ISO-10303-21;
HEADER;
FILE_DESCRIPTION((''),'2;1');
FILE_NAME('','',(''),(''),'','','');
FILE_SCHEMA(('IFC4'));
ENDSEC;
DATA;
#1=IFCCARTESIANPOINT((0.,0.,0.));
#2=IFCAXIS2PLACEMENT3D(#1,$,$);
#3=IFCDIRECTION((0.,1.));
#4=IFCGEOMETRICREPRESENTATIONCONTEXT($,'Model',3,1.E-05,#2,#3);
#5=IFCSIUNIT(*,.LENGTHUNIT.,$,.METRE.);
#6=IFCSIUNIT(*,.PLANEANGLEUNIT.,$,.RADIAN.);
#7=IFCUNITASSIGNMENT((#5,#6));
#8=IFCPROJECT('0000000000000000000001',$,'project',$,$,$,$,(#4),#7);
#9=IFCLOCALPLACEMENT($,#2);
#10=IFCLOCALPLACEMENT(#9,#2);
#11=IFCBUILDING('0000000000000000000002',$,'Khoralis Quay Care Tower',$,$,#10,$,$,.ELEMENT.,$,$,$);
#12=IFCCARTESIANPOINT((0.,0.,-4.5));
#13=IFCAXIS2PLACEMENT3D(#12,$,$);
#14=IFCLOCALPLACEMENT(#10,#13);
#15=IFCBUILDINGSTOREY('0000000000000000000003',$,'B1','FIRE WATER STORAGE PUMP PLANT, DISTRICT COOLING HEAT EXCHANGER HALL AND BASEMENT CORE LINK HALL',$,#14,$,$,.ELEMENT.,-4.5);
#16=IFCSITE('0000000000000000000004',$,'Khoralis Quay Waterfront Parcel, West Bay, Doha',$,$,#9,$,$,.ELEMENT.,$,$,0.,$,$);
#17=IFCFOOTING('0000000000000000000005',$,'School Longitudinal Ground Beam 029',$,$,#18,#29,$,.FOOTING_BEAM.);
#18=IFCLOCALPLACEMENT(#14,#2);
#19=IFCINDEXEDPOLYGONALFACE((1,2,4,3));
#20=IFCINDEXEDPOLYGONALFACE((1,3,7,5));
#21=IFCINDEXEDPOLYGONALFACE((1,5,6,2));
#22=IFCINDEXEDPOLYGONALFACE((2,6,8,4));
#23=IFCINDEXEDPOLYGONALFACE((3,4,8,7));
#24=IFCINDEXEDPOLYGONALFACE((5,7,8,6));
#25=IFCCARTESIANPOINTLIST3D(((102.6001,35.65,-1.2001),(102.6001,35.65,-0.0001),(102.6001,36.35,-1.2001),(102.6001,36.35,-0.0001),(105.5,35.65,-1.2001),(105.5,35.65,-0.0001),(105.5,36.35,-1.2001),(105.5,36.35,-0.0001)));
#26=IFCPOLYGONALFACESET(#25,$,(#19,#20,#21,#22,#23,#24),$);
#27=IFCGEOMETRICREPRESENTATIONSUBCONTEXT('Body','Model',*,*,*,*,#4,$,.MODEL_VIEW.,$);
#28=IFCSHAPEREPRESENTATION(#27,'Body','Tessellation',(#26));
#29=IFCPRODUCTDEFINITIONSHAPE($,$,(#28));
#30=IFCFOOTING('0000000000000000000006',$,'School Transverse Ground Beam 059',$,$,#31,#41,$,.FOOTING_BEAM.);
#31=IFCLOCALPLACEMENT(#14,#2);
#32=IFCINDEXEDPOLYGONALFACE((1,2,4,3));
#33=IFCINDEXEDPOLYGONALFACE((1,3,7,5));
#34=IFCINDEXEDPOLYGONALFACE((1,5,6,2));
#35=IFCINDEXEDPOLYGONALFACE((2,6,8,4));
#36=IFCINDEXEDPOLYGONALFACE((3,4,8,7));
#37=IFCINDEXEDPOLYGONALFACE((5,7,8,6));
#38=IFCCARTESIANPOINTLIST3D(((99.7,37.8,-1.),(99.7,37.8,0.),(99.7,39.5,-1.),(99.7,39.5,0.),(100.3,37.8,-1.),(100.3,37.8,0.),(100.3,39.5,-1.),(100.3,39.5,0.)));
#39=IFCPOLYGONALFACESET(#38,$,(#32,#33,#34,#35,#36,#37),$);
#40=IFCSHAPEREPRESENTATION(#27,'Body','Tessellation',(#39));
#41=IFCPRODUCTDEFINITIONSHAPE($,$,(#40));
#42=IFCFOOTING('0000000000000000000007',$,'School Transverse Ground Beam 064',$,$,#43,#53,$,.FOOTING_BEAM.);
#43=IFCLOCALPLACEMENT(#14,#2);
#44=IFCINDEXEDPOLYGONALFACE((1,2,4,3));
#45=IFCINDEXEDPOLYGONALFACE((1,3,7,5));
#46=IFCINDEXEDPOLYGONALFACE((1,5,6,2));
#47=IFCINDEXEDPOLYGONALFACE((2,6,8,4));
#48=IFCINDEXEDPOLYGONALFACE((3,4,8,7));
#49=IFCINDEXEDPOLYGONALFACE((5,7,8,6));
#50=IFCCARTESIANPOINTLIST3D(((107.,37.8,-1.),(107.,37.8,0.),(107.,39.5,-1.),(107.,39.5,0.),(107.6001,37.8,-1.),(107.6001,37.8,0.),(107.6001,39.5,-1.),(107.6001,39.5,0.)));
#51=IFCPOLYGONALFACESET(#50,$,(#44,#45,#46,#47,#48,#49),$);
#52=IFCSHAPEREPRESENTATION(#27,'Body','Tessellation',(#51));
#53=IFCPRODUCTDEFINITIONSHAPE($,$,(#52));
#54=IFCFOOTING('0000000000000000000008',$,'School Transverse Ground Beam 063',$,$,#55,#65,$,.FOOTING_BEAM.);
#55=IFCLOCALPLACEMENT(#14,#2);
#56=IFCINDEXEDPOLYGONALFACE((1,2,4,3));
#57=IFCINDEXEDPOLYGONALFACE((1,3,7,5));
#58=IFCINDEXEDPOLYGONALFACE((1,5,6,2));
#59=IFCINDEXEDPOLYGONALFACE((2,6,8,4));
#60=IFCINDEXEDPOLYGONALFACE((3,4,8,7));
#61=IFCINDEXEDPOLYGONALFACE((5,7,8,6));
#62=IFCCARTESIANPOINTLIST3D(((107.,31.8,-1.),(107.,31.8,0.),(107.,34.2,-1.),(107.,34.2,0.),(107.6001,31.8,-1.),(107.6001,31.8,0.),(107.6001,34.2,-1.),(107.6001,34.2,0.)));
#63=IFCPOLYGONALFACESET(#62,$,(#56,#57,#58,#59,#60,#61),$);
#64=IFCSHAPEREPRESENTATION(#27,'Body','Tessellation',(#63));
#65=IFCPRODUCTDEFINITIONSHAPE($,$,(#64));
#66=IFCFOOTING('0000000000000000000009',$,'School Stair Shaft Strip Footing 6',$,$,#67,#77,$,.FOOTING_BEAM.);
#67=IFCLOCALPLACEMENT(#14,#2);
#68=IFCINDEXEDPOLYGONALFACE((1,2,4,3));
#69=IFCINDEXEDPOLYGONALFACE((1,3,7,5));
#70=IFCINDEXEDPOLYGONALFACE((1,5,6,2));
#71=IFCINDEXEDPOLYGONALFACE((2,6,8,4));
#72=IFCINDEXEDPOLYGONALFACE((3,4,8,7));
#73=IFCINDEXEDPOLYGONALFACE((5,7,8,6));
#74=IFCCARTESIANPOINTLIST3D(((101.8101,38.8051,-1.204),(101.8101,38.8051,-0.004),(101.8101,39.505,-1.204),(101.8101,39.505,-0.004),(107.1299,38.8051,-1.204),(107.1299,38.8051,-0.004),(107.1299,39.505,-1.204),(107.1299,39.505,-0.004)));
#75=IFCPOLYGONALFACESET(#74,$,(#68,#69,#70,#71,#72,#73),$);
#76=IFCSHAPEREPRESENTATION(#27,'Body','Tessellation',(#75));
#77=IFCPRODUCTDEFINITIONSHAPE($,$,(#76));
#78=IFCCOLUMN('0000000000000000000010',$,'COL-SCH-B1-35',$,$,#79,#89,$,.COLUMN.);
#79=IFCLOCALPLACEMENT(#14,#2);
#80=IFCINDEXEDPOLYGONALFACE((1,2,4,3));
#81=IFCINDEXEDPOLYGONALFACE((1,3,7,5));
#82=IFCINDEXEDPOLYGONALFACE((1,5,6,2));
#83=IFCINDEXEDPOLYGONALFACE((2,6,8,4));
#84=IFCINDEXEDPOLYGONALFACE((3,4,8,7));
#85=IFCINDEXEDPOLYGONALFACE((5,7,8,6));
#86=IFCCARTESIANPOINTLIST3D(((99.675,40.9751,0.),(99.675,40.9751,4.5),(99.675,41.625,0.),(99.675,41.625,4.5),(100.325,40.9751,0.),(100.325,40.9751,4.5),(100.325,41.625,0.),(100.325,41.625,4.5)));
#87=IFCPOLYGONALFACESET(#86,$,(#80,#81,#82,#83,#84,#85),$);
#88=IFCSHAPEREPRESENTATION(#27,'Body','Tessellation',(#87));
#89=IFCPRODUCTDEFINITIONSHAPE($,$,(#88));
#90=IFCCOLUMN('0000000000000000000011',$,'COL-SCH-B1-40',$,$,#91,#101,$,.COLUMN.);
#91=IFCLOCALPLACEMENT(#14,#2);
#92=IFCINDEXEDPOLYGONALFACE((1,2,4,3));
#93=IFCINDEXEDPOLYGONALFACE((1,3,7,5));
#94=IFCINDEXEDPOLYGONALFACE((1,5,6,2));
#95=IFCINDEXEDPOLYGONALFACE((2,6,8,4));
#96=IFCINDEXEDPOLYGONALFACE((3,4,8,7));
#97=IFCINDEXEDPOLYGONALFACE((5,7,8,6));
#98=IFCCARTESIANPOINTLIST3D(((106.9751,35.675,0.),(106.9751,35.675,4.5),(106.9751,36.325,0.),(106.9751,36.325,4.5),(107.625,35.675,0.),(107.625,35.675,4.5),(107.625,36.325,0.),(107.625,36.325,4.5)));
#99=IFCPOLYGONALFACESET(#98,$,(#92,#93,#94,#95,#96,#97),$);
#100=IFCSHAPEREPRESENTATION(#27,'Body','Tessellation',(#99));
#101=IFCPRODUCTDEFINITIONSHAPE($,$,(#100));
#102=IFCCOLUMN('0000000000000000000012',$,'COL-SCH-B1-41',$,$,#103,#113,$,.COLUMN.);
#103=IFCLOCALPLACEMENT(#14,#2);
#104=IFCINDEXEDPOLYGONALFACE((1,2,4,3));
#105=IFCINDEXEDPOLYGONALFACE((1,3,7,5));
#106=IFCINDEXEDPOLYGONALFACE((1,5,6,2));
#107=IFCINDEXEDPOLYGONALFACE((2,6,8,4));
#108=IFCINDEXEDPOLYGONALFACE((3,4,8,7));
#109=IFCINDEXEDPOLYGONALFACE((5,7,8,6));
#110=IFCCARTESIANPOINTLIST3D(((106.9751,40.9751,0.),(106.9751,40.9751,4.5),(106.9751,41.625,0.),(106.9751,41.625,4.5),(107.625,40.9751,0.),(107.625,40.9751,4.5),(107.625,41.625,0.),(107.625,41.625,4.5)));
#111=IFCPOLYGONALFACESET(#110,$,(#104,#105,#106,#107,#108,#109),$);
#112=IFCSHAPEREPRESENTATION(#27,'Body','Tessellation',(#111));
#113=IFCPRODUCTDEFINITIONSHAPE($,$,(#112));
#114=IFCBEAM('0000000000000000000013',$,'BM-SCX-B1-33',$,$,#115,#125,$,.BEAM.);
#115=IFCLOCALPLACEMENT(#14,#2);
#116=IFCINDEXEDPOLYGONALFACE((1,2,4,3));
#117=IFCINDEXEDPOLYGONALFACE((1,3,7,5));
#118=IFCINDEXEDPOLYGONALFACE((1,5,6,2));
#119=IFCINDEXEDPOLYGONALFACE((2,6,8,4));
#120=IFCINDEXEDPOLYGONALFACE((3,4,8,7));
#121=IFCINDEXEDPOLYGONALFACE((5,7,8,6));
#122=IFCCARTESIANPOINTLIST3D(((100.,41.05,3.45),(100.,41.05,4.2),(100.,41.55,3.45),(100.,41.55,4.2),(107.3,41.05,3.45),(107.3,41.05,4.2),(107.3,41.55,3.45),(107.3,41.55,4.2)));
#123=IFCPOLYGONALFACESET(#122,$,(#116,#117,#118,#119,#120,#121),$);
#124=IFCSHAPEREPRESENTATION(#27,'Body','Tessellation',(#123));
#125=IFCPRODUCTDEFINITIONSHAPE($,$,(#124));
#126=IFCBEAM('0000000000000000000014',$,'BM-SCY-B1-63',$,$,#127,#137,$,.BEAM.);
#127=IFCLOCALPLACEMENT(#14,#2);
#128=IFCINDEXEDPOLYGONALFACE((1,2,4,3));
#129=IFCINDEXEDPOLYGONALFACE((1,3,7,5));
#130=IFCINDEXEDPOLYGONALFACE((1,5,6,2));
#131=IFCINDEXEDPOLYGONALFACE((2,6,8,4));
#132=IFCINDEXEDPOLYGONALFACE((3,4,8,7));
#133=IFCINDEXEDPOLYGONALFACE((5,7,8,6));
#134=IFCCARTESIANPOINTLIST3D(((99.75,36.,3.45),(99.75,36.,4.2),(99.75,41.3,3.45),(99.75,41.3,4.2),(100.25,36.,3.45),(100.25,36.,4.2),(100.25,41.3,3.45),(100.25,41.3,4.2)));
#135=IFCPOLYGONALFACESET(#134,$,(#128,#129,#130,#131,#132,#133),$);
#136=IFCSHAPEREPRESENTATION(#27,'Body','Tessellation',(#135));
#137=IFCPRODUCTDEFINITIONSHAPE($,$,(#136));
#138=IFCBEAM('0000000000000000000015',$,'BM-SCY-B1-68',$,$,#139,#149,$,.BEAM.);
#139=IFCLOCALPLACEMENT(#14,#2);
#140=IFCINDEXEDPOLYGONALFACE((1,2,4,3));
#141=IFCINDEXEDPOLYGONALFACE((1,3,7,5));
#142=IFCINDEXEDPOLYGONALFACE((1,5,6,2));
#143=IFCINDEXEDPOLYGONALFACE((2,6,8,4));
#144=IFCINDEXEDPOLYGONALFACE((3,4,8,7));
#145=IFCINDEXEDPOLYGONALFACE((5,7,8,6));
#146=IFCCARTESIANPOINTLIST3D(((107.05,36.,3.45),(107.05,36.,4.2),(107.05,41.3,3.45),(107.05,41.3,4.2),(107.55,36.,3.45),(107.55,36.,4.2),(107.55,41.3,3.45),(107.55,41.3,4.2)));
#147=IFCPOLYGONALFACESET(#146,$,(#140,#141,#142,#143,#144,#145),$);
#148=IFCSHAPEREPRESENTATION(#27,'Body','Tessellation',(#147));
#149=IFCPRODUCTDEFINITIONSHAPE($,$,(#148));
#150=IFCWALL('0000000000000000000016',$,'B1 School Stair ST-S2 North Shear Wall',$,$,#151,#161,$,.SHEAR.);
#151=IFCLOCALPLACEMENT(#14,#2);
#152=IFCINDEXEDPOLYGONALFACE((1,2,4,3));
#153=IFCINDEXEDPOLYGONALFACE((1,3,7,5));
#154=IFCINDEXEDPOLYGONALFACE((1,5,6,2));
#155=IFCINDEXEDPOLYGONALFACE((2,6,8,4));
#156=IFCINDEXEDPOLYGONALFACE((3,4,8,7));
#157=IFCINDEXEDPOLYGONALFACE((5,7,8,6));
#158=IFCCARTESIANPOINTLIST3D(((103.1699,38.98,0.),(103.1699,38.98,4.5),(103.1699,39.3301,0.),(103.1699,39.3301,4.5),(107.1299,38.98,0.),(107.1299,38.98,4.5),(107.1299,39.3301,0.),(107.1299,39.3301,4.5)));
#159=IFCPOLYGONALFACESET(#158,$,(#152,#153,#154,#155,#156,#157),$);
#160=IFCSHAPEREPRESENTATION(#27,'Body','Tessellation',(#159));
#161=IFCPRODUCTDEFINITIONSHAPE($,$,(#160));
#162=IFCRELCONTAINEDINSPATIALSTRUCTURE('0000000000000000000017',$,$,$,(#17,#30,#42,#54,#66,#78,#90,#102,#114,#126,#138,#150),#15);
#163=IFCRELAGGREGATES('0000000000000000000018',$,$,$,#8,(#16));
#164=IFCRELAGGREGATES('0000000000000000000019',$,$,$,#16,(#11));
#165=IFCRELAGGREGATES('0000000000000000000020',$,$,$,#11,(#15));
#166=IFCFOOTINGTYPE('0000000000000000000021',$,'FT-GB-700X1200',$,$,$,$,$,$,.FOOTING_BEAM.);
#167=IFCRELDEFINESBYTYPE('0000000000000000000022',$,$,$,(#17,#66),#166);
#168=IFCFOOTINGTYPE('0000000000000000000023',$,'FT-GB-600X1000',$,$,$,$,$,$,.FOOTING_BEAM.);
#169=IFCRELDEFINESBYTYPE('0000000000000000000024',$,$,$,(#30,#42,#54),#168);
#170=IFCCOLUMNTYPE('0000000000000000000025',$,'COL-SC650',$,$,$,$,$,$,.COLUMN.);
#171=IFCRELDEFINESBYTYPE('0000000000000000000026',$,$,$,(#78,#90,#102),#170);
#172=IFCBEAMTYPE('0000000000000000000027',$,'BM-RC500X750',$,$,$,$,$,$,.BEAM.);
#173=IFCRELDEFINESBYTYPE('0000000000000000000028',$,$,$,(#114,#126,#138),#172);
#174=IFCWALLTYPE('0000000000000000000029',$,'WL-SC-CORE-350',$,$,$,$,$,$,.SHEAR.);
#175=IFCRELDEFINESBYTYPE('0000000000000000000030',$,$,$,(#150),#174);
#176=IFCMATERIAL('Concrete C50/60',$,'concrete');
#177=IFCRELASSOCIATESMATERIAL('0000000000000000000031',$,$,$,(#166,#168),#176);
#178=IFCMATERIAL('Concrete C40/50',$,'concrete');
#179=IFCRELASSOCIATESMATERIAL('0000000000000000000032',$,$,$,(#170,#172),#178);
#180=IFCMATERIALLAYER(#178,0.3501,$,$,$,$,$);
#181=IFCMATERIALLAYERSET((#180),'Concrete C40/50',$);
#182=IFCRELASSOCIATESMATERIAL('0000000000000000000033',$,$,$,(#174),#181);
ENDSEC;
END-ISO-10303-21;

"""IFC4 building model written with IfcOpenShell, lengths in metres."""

from ifc_helpers import new_model, si_unit, direction, frame, frame_2d, origin, origin_2d, place, context, subcontext, project, spatial, rectangle, extrude, source, transform, mapped, material, layer, layer_set, material_profile, profile_set, type_object, element, save


model = new_model("IFC4")

# Units and contexts
model_context = context("Model", 3, precision=1e-05, world=origin(), true_north=direction((0.0, 1.0)))
body_context = subcontext(model_context, "Body", "Model", "MODEL_VIEW")
ifc_project = project(units=[si_unit("LENGTHUNIT", "METRE"), si_unit("PLANEANGLEUNIT", "RADIAN")], contexts=[model_context])

# Site, building, storey
site_placement = place(None, origin())
site = spatial("IfcSite", under=ifc_project, at=site_placement, Name="Khoralis Quay Waterfront Parcel, West Bay, Doha", CompositionType="ELEMENT", RefElevation=0.0)
building_placement = place(site_placement, origin())
building = spatial("IfcBuilding", under=site, at=building_placement, Name="Khoralis Quay Care Tower", CompositionType="ELEMENT")
storey_placement = place(building_placement, frame((0.0, 0.0, -4.5)))
storey = spatial("IfcBuildingStorey", under=building, at=storey_placement, Name="B1", Description="FIRE WATER STORAGE PUMP PLANT, DISTRICT COOLING HEAT EXCHANGER HALL AND BASEMENT CORE LINK HALL", CompositionType="ELEMENT", Elevation=-4.5)

# Shared definitions
ifc_material_1 = material(Name="Concrete C50/60", Category="concrete")

# Footings
ifc_material_profile_1 = material_profile(ifc_material_1, rectangle(XDim=0.7, YDim=1.2, at=origin_2d()), Name="Concrete C50/60")
ifc_profile_set_1 = profile_set([ifc_material_profile_1], Name="Concrete C50/60")
footing_type_1 = type_object("IfcFootingType", Name="FT-GB-700X1200", PredefinedType="FOOTING_BEAM", material=ifc_profile_set_1)
shared_shape_1 = source(origin(), body_context, "Body", "SweptSolid", [
    extrude(rectangle(XDim=0.7, YDim=1.2, at=origin_2d()), origin(), (0.0, 0.0, 1.0), 2.8999),
])
footing_1_placement = place(storey_placement, frame((102.6001, 36.0, -0.6001), z_axis=(1.0, 0.0, 0.0), x_axis=(0.0, 1.0, 0.0)))
element("IfcFooting", 1, at=footing_1_placement, inside=storey, type_object=footing_type_1, Name="School Longitudinal Ground Beam 029", PredefinedType="FOOTING_BEAM", context=body_context, shape_type="MappedRepresentation", body=[
    mapped(shared_shape_1, transform((0.0, 0.0, 0.0), scale=1.0)),
])
ifc_material_profile_2 = material_profile(ifc_material_1, rectangle(XDim=0.6001, YDim=1.0, at=origin_2d()), Name="Concrete C50/60")
ifc_profile_set_2 = profile_set([ifc_material_profile_2], Name="Concrete C50/60")
footing_type_2 = type_object("IfcFootingType", Name="FT-GB-600X1000", PredefinedType="FOOTING_BEAM", material=ifc_profile_set_2)
shared_shape_2 = source(origin(), body_context, "Body", "SweptSolid", [
    extrude(rectangle(XDim=0.6001, YDim=1.0, at=origin_2d()), origin(), (0.0, 0.0, 1.0), 1.7),
])
for number, where, z_axis, x_axis, name in (
    (2, (100.0, 37.8, -0.5), (0.0, 1.0, 0.0), (-1.0, 0.0, 0.0), "School Transverse Ground Beam 059"),
    (3, (107.3, 37.8, -0.5), (0.0, 1.0, 0.0), (-1.0, 0.0, 0.0), "School Transverse Ground Beam 064"),
):
    element("IfcFooting", number, at=place(storey_placement, frame(where, z_axis=z_axis, x_axis=x_axis)), inside=storey, type_object=footing_type_2, Name=name, PredefinedType="FOOTING_BEAM", context=body_context, shape_type="MappedRepresentation", body=[
        mapped(shared_shape_2, transform((0.0, 0.0, 0.0), scale=1.0)),
    ])
shared_shape_3 = source(origin(), body_context, "Body", "SweptSolid", [
    extrude(rectangle(XDim=0.6001, YDim=1.0, at=origin_2d()), origin(), (0.0, 0.0, 1.0), 2.3999),
])
footing_2_placement = place(storey_placement, frame((107.3, 31.8, -0.5), z_axis=(0.0, 1.0, 0.0), x_axis=(-1.0, 0.0, 0.0)))
element("IfcFooting", 4, at=footing_2_placement, inside=storey, type_object=footing_type_2, Name="School Transverse Ground Beam 063", PredefinedType="FOOTING_BEAM", context=body_context, shape_type="MappedRepresentation", body=[
    mapped(shared_shape_3, transform((0.0, 0.0, 0.0), scale=1.0)),
])
shared_shape_4 = source(origin(), body_context, "Body", "SweptSolid", [
    extrude(rectangle(XDim=0.7, YDim=1.2, at=origin_2d()), origin(), (0.0, 0.0, 1.0), 5.3198),
])
footing_3_placement = place(storey_placement, frame((101.8101, 39.155, -0.604), z_axis=(1.0, 0.0, 0.0), x_axis=(0.0, 1.0, 0.0)))
element("IfcFooting", 5, at=footing_3_placement, inside=storey, type_object=footing_type_1, Name="School Stair Shaft Strip Footing 6", PredefinedType="FOOTING_BEAM", context=body_context, shape_type="MappedRepresentation", body=[
    mapped(shared_shape_4, transform((0.0, 0.0, 0.0), scale=1.0)),
])

# Columns
ifc_material_2 = material(Name="Concrete C40/50", Category="concrete")
ifc_material_profile_3 = material_profile(ifc_material_2, rectangle(XDim=0.6499, YDim=0.6499, at=origin_2d()), Name="Concrete C40/50")
ifc_profile_set_3 = profile_set([ifc_material_profile_3], Name="Concrete C40/50")
column_type = type_object("IfcColumnType", Name="COL-SC650", PredefinedType="COLUMN", material=ifc_profile_set_3)
shared_shape_5 = source(origin(), body_context, "Body", "SweptSolid", [
    extrude(rectangle(XDim=0.6499, YDim=0.6499, at=origin_2d()), origin(), (0.0, 0.0, 1.0), 4.5),
])
for number, where, z_axis, x_axis, name in (
    (6, (100.0, 41.3, 0.0), (0.0, 0.0, 1.0), (1.0, 0.0, 0.0), "COL-SCH-B1-35"),
    (7, (107.3, 36.0, 0.0), (0.0, 0.0, 1.0), (1.0, 0.0, 0.0), "COL-SCH-B1-40"),
    (8, (107.3, 41.3, 0.0), (0.0, 0.0, 1.0), (1.0, 0.0, 0.0), "COL-SCH-B1-41"),
):
    element("IfcColumn", number, at=place(storey_placement, frame(where, z_axis=z_axis, x_axis=x_axis)), inside=storey, type_object=column_type, Name=name, PredefinedType="COLUMN", context=body_context, shape_type="MappedRepresentation", body=[
        mapped(shared_shape_5, transform((0.0, 0.0, 0.0), scale=1.0)),
    ])

# Beams
ifc_material_profile_4 = material_profile(ifc_material_2, rectangle(XDim=0.5, YDim=0.75, at=origin_2d()), Name="Concrete C40/50")
ifc_profile_set_4 = profile_set([ifc_material_profile_4], Name="Concrete C40/50")
beam_type = type_object("IfcBeamType", Name="BM-RC500X750", PredefinedType="BEAM", material=ifc_profile_set_4)
shared_shape_6 = source(origin(), body_context, "Body", "SweptSolid", [
    extrude(rectangle(XDim=0.5, YDim=0.75, at=origin_2d()), origin(), (0.0, 0.0, 1.0), 7.3),
])
beam_placement = place(storey_placement, frame((100.0, 41.3, 3.825), z_axis=(1.0, 0.0, 0.0), x_axis=(0.0, 1.0, 0.0)))
element("IfcBeam", 9, at=beam_placement, inside=storey, type_object=beam_type, Name="BM-SCX-B1-33", PredefinedType="BEAM", context=body_context, shape_type="MappedRepresentation", body=[
    mapped(shared_shape_6, transform((0.0, 0.0, 0.0), scale=1.0)),
])
shared_shape_7 = source(origin(), body_context, "Body", "SweptSolid", [
    extrude(rectangle(XDim=0.5, YDim=0.75, at=origin_2d()), origin(), (0.0, 0.0, 1.0), 5.3),
])
for number, where, z_axis, x_axis, name in (
    (10, (100.0, 36.0, 3.825), (0.0, 1.0, 0.0), (-1.0, 0.0, 0.0), "BM-SCY-B1-63"),
    (11, (107.3, 36.0, 3.825), (0.0, 1.0, 0.0), (-1.0, 0.0, 0.0), "BM-SCY-B1-68"),
):
    element("IfcBeam", number, at=place(storey_placement, frame(where, z_axis=z_axis, x_axis=x_axis)), inside=storey, type_object=beam_type, Name=name, PredefinedType="BEAM", context=body_context, shape_type="MappedRepresentation", body=[
        mapped(shared_shape_7, transform((0.0, 0.0, 0.0), scale=1.0)),
    ])

# Wall
ifc_layer = layer(ifc_material_2, 0.3501)
ifc_layer_set = layer_set([ifc_layer], Name="Concrete C40/50")
wall_type = type_object("IfcWallType", Name="WL-SC-CORE-350", PredefinedType="SHEAR", material=ifc_layer_set)
wall_placement = place(storey_placement, frame((103.1699, 39.155, 0.0), z_axis=(0.0, 0.0, 1.0), x_axis=(1.0, 0.0, 0.0)))
element("IfcWall", 12, at=wall_placement, inside=storey, type_object=wall_type, Name="B1 School Stair ST-S2 North Shear Wall", PredefinedType="SHEAR", context=body_context, shape_type="SweptSolid", body=[
    extrude(rectangle(XDim=3.96, YDim=0.3501, at=frame_2d((1.98, 0.0))), origin(), (0.0, 0.0, 1.0), 4.5),
])

save(model, "model.ifc")
